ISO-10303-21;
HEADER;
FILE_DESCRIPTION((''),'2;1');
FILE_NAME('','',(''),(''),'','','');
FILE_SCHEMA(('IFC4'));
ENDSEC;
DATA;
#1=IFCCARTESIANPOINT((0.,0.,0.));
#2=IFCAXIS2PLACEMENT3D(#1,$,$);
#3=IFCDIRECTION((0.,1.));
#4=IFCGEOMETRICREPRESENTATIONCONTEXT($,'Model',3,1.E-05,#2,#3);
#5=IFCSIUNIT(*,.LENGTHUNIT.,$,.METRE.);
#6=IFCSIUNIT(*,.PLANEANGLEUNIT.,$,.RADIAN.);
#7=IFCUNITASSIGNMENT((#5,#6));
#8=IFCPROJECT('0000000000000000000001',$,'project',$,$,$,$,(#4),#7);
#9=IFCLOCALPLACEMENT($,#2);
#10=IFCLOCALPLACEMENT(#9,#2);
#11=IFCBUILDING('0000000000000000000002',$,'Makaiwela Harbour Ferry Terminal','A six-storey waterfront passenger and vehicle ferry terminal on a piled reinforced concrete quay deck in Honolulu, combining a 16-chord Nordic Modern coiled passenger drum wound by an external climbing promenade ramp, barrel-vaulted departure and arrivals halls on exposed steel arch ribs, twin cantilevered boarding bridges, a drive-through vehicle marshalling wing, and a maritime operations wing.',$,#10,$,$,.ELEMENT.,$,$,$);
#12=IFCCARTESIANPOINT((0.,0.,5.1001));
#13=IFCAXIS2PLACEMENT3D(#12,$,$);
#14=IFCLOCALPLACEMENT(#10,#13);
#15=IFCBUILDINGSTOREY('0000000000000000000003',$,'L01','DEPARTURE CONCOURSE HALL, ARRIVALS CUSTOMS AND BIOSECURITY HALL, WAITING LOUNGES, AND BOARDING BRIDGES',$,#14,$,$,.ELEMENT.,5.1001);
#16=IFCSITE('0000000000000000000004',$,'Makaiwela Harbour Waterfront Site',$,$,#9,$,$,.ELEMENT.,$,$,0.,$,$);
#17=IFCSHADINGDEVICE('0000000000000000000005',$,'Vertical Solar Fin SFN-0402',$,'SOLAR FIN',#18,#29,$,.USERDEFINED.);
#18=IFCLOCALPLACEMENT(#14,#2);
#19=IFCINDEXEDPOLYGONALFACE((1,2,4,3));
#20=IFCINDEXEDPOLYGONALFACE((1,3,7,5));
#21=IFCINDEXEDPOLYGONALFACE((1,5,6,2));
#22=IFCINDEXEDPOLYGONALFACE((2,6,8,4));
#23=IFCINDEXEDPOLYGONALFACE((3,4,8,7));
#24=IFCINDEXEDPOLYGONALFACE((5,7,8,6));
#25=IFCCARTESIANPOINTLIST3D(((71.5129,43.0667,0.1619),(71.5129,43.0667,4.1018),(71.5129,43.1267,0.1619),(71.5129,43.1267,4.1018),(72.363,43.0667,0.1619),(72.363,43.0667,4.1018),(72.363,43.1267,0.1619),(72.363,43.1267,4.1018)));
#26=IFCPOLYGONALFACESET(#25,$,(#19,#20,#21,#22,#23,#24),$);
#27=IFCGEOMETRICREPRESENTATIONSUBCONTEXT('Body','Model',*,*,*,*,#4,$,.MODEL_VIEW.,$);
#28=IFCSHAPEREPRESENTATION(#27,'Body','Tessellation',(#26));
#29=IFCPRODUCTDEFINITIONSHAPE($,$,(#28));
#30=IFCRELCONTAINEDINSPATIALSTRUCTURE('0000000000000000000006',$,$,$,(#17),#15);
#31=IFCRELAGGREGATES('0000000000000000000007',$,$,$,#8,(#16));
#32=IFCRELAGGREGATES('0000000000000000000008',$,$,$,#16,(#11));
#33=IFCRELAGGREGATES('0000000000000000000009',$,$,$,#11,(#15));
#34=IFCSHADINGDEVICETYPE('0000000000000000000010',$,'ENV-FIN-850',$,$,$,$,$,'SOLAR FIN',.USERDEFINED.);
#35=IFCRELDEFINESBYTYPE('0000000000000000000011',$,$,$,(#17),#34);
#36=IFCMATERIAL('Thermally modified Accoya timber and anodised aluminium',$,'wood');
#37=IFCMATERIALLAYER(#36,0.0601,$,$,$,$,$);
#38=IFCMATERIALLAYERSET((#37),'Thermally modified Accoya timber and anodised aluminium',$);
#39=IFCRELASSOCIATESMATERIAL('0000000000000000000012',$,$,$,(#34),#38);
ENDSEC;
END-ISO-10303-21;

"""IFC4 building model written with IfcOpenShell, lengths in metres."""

from ifc_helpers import new_model, si_unit, direction, frame, origin, origin_2d, place, context, subcontext, project, spatial, rectangle, extrude, material, layer, layer_set, type_object, element, save


model = new_model("IFC4")

# Units and contexts
model_context = context("Model", 3, precision=1e-05, world=origin(), true_north=direction((0.0, 1.0)))
body_context = subcontext(model_context, "Body", "Model", "MODEL_VIEW")
ifc_project = project(units=[si_unit("LENGTHUNIT", "METRE"), si_unit("PLANEANGLEUNIT", "RADIAN")], contexts=[model_context])

# Site, building, storey
site_placement = place(None, origin())
site = spatial("IfcSite", under=ifc_project, at=site_placement, Name="Makaiwela Harbour Waterfront Site", CompositionType="ELEMENT", RefElevation=0.0)
building_placement = place(site_placement, origin())
building = spatial("IfcBuilding", under=site, at=building_placement, Name="Makaiwela Harbour Ferry Terminal", Description="A six-storey waterfront passenger and vehicle ferry terminal on a piled reinforced concrete quay deck in Honolulu, combining a 16-chord Nordic Modern coiled passenger drum wound by an external climbing promenade ramp, barrel-vaulted departure and arrivals halls on exposed steel arch ribs, twin cantilevered boarding bridges, a drive-through vehicle marshalling wing, and a maritime operations wing.", CompositionType="ELEMENT")
storey_placement = place(building_placement, frame((0.0, 0.0, 5.1001)))
storey = spatial("IfcBuildingStorey", under=building, at=storey_placement, Name="L01", Description="DEPARTURE CONCOURSE HALL, ARRIVALS CUSTOMS AND BIOSECURITY HALL, WAITING LOUNGES, AND BOARDING BRIDGES", CompositionType="ELEMENT", Elevation=5.1001)

# Shading device
ifc_material_1 = material(Name="Thermally modified Accoya timber and anodised aluminium", Category="wood")
ifc_layer_1 = layer(ifc_material_1, 0.0601)
ifc_layer_set_1 = layer_set([ifc_layer_1], Name="Thermally modified Accoya timber and anodised aluminium")
shading_device_type = type_object("IfcShadingDeviceType", Name="ENV-FIN-850", ElementType="SOLAR FIN", PredefinedType="USERDEFINED", material=ifc_layer_set_1)
for number, where, z_axis, x_axis, name in (
    (1, (71.938, 43.0967, 0.1619), (0.0, 0.0, 1.0), (1.0, 0.0, 0.0), "Vertical Solar Fin SFN-0402"),
):
    element("IfcShadingDevice", number, at=place(storey_placement, frame(where, z_axis=z_axis, x_axis=x_axis)), inside=storey, type_object=shading_device_type, Name=name, ObjectType="SOLAR FIN", PredefinedType="USERDEFINED", context=body_context, shape_type="SweptSolid", body=[
        extrude(rectangle(XDim=0.8501, YDim=0.0601, at=origin_2d()), origin(), (0.0, 0.0, 1.0), 3.9399),
    ])

save(model, "model.ifc")
